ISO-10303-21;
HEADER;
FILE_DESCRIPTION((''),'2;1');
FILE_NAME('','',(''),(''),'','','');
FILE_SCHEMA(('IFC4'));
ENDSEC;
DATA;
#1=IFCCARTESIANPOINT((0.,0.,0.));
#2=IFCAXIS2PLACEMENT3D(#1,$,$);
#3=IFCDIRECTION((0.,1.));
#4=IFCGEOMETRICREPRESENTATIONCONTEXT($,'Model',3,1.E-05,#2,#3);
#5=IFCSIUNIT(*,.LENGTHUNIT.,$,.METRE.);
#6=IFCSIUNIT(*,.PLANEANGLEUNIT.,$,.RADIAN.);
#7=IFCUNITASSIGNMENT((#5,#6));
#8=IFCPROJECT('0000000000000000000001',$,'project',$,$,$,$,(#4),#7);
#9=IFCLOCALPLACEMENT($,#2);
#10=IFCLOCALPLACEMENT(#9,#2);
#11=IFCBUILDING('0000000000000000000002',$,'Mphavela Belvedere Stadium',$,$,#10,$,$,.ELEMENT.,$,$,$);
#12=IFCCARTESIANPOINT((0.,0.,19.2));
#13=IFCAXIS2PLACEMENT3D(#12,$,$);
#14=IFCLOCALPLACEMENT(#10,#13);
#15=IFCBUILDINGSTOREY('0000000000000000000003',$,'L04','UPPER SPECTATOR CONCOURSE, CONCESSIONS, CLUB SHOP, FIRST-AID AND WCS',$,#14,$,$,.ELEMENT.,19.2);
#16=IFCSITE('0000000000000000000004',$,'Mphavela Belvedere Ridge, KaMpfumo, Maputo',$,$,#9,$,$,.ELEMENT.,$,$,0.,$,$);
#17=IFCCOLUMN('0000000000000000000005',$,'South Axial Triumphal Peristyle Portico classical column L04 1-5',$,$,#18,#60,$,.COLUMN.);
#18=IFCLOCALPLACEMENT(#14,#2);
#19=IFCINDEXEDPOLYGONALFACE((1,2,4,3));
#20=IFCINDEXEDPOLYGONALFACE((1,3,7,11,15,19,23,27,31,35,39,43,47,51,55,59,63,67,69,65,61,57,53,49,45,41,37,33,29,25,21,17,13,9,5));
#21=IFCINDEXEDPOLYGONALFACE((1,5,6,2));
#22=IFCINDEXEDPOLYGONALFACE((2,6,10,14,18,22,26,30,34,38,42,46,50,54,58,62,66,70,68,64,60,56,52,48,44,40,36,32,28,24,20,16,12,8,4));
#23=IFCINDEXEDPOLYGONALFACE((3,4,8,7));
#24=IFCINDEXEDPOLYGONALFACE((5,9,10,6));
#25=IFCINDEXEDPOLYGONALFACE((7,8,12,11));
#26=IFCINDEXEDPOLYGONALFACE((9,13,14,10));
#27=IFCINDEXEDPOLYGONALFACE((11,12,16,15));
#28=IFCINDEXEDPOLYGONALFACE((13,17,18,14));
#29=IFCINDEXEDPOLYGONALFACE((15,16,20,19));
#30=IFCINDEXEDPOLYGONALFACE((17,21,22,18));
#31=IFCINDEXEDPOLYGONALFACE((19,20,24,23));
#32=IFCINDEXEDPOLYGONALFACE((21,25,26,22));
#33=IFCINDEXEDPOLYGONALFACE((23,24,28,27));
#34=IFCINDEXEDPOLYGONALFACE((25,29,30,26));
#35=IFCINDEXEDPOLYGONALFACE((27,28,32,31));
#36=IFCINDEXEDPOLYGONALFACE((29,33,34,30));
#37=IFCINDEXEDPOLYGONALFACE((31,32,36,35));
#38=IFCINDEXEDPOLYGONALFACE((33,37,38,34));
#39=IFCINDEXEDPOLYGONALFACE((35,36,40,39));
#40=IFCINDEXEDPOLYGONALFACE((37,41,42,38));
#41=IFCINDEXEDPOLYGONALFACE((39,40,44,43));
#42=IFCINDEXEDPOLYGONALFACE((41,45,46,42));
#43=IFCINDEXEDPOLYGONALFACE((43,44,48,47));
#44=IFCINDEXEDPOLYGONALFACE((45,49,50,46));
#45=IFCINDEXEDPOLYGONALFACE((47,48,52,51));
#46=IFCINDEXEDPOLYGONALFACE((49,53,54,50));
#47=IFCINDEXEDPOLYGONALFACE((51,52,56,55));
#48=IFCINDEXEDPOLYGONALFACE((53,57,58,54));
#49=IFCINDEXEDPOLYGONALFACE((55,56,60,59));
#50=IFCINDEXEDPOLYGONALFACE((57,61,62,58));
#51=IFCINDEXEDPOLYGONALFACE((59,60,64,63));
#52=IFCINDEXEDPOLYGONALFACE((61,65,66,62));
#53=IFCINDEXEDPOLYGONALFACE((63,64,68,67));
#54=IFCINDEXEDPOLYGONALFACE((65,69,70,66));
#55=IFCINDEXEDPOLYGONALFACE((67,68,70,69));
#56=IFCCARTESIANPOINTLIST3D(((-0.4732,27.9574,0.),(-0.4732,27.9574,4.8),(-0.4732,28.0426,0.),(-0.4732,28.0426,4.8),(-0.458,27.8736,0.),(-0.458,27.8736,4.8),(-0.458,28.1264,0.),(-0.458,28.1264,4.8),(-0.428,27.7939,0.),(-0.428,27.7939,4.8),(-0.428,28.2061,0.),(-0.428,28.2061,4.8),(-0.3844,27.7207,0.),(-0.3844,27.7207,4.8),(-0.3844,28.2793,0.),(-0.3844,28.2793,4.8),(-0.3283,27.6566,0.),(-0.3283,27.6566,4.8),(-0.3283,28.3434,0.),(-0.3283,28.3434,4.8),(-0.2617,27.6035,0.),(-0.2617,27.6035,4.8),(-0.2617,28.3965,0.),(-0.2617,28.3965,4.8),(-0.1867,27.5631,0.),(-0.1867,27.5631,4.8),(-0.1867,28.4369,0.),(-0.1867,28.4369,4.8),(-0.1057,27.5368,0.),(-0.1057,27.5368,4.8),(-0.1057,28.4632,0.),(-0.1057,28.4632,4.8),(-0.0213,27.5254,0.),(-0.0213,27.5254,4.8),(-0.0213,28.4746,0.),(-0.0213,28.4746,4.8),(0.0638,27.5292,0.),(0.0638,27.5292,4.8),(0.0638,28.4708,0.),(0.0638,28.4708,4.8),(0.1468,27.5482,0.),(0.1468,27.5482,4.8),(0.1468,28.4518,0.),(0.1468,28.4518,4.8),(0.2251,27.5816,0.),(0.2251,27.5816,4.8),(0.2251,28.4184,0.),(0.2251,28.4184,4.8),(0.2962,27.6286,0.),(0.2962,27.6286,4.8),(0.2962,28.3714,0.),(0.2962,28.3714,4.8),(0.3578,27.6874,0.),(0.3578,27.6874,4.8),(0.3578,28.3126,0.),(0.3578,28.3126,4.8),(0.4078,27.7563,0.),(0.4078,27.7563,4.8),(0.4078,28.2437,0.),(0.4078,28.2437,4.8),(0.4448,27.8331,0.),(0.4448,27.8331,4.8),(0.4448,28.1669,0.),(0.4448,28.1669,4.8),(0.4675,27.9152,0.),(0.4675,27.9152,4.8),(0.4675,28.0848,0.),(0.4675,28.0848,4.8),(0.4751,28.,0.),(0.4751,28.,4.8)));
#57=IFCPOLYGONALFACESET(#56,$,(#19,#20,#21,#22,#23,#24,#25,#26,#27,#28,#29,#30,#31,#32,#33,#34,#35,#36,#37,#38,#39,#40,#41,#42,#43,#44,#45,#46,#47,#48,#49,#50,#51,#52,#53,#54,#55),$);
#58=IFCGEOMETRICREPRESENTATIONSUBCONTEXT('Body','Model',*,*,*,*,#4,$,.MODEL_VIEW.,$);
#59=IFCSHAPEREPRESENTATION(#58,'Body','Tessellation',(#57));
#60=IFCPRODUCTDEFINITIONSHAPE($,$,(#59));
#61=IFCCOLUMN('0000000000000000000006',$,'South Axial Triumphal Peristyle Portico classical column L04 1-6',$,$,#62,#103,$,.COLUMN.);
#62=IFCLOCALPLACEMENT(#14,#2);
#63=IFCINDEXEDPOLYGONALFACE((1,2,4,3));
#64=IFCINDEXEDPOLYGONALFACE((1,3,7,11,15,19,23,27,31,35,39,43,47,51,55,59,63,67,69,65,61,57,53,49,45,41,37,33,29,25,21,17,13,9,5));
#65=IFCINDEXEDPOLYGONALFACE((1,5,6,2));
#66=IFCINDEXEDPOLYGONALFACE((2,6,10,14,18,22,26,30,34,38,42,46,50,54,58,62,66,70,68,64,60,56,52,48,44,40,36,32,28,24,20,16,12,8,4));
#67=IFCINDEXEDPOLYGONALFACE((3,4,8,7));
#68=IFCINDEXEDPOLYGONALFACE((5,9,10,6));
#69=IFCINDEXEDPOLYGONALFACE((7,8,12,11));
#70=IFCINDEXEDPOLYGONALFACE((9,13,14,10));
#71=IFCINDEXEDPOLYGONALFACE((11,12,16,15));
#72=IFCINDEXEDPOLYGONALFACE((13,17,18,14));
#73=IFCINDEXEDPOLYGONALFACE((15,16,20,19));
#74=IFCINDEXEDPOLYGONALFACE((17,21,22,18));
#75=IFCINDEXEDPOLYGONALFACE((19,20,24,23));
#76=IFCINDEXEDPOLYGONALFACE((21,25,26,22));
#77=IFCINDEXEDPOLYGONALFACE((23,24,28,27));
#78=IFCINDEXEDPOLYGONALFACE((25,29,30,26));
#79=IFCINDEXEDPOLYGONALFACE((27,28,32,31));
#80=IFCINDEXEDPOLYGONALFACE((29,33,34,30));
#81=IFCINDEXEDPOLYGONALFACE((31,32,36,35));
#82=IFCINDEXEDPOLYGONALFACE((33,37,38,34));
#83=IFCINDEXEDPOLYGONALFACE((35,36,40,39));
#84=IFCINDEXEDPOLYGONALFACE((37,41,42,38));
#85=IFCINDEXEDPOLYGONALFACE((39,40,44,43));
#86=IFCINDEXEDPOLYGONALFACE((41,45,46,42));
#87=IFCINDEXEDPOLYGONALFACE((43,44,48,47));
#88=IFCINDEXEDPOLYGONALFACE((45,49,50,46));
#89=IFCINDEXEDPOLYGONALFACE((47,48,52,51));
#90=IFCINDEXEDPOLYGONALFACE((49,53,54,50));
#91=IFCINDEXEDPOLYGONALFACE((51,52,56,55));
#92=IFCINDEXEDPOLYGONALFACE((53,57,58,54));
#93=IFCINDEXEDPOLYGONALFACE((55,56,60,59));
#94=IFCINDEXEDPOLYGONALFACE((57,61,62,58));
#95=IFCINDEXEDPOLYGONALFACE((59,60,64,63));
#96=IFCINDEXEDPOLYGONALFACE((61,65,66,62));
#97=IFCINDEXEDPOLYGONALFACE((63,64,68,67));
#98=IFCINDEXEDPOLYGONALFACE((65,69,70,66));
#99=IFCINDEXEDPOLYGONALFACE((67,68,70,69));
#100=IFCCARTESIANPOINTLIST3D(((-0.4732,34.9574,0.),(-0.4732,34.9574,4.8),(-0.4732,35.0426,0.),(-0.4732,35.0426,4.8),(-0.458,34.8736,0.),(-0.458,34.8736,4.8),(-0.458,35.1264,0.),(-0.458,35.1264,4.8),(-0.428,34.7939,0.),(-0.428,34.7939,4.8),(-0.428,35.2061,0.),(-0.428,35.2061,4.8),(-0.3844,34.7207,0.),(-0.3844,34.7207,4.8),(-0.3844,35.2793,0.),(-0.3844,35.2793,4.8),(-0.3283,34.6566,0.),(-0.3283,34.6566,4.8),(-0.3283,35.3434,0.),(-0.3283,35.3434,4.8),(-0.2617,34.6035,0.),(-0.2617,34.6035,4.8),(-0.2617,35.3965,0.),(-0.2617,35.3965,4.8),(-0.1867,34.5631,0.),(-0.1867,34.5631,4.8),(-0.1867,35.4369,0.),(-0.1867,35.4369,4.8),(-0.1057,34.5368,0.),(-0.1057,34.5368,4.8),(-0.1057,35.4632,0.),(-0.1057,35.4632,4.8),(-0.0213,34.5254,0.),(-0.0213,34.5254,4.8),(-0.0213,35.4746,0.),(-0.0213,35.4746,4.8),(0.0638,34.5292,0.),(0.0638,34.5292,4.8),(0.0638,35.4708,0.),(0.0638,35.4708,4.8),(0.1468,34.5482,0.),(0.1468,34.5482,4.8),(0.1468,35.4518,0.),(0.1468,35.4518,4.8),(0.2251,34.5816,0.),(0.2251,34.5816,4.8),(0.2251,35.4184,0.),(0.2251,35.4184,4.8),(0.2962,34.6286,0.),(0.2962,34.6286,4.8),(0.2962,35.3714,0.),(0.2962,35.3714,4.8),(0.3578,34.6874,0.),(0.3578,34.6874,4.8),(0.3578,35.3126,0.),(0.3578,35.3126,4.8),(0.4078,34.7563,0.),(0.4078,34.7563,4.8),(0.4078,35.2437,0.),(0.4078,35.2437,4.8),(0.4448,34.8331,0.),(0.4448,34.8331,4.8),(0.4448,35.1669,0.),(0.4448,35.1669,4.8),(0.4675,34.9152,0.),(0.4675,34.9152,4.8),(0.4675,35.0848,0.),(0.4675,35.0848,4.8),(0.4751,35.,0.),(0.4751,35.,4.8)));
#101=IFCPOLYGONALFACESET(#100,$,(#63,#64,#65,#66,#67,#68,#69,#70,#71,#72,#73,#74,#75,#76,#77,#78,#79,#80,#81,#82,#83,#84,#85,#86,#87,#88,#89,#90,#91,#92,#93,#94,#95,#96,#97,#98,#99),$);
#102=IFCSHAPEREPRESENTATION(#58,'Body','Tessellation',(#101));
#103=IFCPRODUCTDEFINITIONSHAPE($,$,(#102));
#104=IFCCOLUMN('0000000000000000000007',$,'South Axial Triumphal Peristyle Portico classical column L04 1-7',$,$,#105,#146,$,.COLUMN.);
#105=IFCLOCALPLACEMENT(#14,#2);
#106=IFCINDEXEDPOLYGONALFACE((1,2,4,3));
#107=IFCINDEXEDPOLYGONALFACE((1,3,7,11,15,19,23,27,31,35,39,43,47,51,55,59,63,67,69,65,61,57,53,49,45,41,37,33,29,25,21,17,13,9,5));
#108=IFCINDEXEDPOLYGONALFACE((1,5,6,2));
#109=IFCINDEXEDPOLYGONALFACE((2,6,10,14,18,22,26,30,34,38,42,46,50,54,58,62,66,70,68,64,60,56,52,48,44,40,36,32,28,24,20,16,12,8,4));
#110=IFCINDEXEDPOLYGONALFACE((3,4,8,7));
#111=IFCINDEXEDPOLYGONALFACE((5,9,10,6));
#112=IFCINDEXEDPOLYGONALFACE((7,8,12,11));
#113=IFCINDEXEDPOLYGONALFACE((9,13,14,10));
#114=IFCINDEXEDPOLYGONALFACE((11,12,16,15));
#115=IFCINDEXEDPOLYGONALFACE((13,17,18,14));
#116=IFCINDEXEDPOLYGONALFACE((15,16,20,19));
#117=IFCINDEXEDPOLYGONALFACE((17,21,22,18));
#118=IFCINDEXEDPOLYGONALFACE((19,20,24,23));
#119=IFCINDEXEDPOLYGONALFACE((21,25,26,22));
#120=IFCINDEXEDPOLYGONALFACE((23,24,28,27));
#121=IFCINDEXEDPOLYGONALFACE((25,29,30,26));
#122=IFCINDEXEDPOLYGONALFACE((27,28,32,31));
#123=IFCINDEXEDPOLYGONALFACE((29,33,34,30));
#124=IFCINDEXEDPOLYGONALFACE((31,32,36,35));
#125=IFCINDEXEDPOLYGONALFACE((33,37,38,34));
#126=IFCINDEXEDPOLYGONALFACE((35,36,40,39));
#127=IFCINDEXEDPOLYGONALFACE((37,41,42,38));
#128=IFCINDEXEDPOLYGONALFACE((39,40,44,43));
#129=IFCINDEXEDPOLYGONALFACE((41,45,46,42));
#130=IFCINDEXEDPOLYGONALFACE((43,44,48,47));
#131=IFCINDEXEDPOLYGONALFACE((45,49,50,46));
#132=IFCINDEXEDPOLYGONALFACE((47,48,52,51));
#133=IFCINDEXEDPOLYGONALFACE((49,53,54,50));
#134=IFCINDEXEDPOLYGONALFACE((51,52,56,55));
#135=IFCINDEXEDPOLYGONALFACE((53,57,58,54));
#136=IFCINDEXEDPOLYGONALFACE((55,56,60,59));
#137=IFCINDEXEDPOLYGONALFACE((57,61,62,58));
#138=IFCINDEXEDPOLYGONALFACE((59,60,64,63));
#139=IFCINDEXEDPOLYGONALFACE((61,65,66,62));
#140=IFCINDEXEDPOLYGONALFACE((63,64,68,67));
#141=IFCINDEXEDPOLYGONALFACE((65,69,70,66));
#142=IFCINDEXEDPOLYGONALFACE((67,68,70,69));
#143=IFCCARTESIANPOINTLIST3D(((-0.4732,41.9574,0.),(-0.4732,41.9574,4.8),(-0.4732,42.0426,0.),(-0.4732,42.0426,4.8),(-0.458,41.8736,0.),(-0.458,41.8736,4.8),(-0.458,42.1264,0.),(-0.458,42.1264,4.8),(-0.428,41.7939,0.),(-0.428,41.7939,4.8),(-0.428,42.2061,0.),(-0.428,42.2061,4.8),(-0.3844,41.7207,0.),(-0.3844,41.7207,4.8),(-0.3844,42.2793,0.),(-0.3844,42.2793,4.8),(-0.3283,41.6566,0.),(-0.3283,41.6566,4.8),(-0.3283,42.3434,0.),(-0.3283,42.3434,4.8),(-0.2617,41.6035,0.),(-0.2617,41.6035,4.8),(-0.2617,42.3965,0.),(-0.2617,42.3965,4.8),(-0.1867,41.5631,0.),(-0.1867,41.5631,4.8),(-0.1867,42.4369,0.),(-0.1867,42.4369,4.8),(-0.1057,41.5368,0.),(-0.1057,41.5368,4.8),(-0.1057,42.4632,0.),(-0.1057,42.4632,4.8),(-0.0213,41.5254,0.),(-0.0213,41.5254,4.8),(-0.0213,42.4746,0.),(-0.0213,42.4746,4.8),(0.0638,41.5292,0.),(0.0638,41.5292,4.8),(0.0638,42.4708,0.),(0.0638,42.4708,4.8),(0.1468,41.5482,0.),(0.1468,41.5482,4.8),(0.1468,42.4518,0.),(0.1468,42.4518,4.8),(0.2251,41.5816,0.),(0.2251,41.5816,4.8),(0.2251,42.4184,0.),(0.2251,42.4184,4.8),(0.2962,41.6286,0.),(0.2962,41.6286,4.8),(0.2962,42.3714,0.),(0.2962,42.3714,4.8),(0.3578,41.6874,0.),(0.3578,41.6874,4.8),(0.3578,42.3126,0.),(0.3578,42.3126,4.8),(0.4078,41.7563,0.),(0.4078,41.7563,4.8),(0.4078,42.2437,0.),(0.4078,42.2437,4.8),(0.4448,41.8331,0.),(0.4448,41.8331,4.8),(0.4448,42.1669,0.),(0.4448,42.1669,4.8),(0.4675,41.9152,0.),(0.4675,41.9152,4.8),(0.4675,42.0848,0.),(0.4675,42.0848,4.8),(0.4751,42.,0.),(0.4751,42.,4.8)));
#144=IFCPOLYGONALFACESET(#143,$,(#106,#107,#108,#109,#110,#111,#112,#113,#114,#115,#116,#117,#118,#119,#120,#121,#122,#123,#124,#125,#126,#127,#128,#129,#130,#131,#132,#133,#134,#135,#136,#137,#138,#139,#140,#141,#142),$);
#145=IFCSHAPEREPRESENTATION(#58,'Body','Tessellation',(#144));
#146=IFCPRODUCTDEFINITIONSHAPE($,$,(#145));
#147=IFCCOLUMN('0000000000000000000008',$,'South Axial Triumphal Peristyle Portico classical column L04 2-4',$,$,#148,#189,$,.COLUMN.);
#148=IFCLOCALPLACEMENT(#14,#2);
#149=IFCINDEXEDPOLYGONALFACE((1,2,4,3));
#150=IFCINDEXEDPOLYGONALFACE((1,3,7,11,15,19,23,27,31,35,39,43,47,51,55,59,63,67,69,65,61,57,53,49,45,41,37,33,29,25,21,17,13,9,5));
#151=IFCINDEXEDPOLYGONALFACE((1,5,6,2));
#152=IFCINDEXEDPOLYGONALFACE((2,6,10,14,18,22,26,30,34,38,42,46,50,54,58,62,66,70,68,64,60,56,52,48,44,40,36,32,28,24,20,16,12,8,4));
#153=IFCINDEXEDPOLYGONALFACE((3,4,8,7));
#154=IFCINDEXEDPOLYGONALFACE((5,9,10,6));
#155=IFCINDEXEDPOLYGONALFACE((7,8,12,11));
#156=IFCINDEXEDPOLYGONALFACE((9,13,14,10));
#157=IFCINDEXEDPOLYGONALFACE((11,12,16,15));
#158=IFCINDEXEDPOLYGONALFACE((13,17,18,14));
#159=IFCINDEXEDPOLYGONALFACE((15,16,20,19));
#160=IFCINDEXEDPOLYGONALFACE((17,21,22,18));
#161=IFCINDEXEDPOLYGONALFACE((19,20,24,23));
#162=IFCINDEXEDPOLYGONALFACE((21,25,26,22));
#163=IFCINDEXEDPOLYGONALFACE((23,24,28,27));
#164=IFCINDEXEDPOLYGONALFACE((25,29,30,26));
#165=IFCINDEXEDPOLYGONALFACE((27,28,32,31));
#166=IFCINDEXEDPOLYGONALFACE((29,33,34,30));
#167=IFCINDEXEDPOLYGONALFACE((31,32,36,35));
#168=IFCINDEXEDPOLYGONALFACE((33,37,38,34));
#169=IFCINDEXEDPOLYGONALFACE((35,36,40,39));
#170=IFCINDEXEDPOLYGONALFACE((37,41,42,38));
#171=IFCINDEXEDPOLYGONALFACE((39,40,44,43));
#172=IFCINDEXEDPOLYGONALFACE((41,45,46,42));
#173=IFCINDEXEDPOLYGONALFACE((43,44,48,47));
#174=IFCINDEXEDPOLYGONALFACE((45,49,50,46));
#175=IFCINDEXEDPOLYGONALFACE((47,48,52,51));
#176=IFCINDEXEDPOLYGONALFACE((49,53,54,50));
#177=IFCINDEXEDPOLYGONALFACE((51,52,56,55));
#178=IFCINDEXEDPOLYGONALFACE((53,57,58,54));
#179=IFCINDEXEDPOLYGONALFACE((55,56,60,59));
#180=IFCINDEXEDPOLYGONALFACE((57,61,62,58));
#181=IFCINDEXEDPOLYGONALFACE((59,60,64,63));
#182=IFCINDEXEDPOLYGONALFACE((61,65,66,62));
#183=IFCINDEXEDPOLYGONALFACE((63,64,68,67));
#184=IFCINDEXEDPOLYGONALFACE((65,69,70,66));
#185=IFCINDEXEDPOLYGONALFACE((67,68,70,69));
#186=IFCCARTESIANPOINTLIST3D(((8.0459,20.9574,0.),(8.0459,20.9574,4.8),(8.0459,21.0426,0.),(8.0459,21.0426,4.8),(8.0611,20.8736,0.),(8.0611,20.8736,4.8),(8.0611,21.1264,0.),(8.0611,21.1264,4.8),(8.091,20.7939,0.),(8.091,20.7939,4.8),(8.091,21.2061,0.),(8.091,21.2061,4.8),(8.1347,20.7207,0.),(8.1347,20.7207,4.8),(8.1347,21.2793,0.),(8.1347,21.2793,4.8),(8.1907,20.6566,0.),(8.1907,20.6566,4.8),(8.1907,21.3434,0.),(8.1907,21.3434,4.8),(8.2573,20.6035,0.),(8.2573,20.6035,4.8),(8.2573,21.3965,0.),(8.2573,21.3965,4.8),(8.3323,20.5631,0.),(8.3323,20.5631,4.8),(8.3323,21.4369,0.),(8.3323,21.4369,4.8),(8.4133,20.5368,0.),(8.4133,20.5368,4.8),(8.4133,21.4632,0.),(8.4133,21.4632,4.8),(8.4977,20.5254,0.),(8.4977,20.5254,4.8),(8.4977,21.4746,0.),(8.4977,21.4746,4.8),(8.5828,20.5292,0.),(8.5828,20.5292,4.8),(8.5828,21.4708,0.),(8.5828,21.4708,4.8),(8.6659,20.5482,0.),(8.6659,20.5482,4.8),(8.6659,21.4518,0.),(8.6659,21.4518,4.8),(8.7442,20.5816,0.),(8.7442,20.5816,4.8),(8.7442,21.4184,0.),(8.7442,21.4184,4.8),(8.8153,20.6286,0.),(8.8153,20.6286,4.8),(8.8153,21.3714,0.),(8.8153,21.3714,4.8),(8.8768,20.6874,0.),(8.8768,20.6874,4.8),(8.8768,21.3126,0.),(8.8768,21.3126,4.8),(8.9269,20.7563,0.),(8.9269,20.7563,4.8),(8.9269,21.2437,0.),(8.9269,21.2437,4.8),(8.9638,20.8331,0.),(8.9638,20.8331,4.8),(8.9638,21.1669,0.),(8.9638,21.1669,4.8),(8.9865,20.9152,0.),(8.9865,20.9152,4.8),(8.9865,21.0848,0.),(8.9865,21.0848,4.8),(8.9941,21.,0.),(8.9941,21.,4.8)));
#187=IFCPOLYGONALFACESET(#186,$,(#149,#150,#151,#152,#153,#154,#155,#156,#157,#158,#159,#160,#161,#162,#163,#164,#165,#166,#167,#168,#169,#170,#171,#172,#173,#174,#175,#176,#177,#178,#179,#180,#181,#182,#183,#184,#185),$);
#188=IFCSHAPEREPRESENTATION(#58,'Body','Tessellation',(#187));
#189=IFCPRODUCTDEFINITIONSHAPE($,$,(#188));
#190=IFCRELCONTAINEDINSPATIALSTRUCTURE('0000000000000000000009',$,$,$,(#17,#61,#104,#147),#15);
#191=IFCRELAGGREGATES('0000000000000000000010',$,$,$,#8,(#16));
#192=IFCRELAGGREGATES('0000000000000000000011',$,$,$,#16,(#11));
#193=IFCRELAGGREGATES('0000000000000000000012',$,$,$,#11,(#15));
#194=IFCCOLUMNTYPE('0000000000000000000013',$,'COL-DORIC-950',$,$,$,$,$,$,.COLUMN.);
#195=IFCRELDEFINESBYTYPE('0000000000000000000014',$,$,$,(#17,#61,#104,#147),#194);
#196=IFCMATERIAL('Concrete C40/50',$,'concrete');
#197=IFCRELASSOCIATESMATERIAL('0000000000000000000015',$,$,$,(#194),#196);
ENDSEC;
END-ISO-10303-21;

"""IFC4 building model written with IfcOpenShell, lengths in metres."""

from ifc_helpers import new_model, si_unit, direction, frame, origin, origin_2d, place, context, subcontext, project, spatial, circle, extrude, material, material_profile, profile_set, type_object, element, save


model = new_model("IFC4")

# Units and contexts
model_context = context("Model", 3, precision=1e-05, world=origin(), true_north=direction((0.0, 1.0)))
body_context = subcontext(model_context, "Body", "Model", "MODEL_VIEW")
ifc_project = project(units=[si_unit("LENGTHUNIT", "METRE"), si_unit("PLANEANGLEUNIT", "RADIAN")], contexts=[model_context])

# Site, building, storey
site_placement = place(None, origin())
site = spatial("IfcSite", under=ifc_project, at=site_placement, Name="Mphavela Belvedere Ridge, KaMpfumo, Maputo", CompositionType="ELEMENT", RefElevation=0.0)
building_placement = place(site_placement, origin())
building = spatial("IfcBuilding", under=site, at=building_placement, Name="Mphavela Belvedere Stadium", CompositionType="ELEMENT")
storey_placement = place(building_placement, frame((0.0, 0.0, 19.2)))
storey = spatial("IfcBuildingStorey", under=building, at=storey_placement, Name="L04", Description="UPPER SPECTATOR CONCOURSE, CONCESSIONS, CLUB SHOP, FIRST-AID AND WCS", CompositionType="ELEMENT", Elevation=19.2)

# Columns
ifc_material_1 = material(Name="Concrete C40/50", Category="concrete")
ifc_material_profile_1 = material_profile(ifc_material_1, circle(Radius=0.4751, at=origin_2d()), Name="COL D950")
ifc_profile_set_1 = profile_set([ifc_material_profile_1], Name="Concrete C40/50")
column_type = type_object("IfcColumnType", Name="COL-DORIC-950", PredefinedType="COLUMN", material=ifc_profile_set_1)
for number, where, z_axis, x_axis, name in (
    (1, (0.0, 28.0, 0.0), (0.0, 0.0, 1.0), (1.0, 0.0, 0.0), "South Axial Triumphal Peristyle Portico classical column L04 1-5"),
    (2, (0.0, 35.0, 0.0), (0.0, 0.0, 1.0), (1.0, 0.0, 0.0), "South Axial Triumphal Peristyle Portico classical column L04 1-6"),
    (3, (0.0, 42.0, 0.0), (0.0, 0.0, 1.0), (1.0, 0.0, 0.0), "South Axial Triumphal Peristyle Portico classical column L04 1-7"),
    (4, (8.519, 21.0, 0.0), (0.0, 0.0, 1.0), (1.0, 0.0, 0.0), "South Axial Triumphal Peristyle Portico classical column L04 2-4"),
):
    element("IfcColumn", number, at=place(storey_placement, frame(where, z_axis=z_axis, x_axis=x_axis)), inside=storey, type_object=column_type, Name=name, PredefinedType="COLUMN", context=body_context, shape_type="SweptSolid", body=[
        extrude(circle(Radius=0.4751, at=origin_2d()), origin(), (0.0, 0.0, 1.0), 4.8),
    ])

save(model, "model.ifc")
